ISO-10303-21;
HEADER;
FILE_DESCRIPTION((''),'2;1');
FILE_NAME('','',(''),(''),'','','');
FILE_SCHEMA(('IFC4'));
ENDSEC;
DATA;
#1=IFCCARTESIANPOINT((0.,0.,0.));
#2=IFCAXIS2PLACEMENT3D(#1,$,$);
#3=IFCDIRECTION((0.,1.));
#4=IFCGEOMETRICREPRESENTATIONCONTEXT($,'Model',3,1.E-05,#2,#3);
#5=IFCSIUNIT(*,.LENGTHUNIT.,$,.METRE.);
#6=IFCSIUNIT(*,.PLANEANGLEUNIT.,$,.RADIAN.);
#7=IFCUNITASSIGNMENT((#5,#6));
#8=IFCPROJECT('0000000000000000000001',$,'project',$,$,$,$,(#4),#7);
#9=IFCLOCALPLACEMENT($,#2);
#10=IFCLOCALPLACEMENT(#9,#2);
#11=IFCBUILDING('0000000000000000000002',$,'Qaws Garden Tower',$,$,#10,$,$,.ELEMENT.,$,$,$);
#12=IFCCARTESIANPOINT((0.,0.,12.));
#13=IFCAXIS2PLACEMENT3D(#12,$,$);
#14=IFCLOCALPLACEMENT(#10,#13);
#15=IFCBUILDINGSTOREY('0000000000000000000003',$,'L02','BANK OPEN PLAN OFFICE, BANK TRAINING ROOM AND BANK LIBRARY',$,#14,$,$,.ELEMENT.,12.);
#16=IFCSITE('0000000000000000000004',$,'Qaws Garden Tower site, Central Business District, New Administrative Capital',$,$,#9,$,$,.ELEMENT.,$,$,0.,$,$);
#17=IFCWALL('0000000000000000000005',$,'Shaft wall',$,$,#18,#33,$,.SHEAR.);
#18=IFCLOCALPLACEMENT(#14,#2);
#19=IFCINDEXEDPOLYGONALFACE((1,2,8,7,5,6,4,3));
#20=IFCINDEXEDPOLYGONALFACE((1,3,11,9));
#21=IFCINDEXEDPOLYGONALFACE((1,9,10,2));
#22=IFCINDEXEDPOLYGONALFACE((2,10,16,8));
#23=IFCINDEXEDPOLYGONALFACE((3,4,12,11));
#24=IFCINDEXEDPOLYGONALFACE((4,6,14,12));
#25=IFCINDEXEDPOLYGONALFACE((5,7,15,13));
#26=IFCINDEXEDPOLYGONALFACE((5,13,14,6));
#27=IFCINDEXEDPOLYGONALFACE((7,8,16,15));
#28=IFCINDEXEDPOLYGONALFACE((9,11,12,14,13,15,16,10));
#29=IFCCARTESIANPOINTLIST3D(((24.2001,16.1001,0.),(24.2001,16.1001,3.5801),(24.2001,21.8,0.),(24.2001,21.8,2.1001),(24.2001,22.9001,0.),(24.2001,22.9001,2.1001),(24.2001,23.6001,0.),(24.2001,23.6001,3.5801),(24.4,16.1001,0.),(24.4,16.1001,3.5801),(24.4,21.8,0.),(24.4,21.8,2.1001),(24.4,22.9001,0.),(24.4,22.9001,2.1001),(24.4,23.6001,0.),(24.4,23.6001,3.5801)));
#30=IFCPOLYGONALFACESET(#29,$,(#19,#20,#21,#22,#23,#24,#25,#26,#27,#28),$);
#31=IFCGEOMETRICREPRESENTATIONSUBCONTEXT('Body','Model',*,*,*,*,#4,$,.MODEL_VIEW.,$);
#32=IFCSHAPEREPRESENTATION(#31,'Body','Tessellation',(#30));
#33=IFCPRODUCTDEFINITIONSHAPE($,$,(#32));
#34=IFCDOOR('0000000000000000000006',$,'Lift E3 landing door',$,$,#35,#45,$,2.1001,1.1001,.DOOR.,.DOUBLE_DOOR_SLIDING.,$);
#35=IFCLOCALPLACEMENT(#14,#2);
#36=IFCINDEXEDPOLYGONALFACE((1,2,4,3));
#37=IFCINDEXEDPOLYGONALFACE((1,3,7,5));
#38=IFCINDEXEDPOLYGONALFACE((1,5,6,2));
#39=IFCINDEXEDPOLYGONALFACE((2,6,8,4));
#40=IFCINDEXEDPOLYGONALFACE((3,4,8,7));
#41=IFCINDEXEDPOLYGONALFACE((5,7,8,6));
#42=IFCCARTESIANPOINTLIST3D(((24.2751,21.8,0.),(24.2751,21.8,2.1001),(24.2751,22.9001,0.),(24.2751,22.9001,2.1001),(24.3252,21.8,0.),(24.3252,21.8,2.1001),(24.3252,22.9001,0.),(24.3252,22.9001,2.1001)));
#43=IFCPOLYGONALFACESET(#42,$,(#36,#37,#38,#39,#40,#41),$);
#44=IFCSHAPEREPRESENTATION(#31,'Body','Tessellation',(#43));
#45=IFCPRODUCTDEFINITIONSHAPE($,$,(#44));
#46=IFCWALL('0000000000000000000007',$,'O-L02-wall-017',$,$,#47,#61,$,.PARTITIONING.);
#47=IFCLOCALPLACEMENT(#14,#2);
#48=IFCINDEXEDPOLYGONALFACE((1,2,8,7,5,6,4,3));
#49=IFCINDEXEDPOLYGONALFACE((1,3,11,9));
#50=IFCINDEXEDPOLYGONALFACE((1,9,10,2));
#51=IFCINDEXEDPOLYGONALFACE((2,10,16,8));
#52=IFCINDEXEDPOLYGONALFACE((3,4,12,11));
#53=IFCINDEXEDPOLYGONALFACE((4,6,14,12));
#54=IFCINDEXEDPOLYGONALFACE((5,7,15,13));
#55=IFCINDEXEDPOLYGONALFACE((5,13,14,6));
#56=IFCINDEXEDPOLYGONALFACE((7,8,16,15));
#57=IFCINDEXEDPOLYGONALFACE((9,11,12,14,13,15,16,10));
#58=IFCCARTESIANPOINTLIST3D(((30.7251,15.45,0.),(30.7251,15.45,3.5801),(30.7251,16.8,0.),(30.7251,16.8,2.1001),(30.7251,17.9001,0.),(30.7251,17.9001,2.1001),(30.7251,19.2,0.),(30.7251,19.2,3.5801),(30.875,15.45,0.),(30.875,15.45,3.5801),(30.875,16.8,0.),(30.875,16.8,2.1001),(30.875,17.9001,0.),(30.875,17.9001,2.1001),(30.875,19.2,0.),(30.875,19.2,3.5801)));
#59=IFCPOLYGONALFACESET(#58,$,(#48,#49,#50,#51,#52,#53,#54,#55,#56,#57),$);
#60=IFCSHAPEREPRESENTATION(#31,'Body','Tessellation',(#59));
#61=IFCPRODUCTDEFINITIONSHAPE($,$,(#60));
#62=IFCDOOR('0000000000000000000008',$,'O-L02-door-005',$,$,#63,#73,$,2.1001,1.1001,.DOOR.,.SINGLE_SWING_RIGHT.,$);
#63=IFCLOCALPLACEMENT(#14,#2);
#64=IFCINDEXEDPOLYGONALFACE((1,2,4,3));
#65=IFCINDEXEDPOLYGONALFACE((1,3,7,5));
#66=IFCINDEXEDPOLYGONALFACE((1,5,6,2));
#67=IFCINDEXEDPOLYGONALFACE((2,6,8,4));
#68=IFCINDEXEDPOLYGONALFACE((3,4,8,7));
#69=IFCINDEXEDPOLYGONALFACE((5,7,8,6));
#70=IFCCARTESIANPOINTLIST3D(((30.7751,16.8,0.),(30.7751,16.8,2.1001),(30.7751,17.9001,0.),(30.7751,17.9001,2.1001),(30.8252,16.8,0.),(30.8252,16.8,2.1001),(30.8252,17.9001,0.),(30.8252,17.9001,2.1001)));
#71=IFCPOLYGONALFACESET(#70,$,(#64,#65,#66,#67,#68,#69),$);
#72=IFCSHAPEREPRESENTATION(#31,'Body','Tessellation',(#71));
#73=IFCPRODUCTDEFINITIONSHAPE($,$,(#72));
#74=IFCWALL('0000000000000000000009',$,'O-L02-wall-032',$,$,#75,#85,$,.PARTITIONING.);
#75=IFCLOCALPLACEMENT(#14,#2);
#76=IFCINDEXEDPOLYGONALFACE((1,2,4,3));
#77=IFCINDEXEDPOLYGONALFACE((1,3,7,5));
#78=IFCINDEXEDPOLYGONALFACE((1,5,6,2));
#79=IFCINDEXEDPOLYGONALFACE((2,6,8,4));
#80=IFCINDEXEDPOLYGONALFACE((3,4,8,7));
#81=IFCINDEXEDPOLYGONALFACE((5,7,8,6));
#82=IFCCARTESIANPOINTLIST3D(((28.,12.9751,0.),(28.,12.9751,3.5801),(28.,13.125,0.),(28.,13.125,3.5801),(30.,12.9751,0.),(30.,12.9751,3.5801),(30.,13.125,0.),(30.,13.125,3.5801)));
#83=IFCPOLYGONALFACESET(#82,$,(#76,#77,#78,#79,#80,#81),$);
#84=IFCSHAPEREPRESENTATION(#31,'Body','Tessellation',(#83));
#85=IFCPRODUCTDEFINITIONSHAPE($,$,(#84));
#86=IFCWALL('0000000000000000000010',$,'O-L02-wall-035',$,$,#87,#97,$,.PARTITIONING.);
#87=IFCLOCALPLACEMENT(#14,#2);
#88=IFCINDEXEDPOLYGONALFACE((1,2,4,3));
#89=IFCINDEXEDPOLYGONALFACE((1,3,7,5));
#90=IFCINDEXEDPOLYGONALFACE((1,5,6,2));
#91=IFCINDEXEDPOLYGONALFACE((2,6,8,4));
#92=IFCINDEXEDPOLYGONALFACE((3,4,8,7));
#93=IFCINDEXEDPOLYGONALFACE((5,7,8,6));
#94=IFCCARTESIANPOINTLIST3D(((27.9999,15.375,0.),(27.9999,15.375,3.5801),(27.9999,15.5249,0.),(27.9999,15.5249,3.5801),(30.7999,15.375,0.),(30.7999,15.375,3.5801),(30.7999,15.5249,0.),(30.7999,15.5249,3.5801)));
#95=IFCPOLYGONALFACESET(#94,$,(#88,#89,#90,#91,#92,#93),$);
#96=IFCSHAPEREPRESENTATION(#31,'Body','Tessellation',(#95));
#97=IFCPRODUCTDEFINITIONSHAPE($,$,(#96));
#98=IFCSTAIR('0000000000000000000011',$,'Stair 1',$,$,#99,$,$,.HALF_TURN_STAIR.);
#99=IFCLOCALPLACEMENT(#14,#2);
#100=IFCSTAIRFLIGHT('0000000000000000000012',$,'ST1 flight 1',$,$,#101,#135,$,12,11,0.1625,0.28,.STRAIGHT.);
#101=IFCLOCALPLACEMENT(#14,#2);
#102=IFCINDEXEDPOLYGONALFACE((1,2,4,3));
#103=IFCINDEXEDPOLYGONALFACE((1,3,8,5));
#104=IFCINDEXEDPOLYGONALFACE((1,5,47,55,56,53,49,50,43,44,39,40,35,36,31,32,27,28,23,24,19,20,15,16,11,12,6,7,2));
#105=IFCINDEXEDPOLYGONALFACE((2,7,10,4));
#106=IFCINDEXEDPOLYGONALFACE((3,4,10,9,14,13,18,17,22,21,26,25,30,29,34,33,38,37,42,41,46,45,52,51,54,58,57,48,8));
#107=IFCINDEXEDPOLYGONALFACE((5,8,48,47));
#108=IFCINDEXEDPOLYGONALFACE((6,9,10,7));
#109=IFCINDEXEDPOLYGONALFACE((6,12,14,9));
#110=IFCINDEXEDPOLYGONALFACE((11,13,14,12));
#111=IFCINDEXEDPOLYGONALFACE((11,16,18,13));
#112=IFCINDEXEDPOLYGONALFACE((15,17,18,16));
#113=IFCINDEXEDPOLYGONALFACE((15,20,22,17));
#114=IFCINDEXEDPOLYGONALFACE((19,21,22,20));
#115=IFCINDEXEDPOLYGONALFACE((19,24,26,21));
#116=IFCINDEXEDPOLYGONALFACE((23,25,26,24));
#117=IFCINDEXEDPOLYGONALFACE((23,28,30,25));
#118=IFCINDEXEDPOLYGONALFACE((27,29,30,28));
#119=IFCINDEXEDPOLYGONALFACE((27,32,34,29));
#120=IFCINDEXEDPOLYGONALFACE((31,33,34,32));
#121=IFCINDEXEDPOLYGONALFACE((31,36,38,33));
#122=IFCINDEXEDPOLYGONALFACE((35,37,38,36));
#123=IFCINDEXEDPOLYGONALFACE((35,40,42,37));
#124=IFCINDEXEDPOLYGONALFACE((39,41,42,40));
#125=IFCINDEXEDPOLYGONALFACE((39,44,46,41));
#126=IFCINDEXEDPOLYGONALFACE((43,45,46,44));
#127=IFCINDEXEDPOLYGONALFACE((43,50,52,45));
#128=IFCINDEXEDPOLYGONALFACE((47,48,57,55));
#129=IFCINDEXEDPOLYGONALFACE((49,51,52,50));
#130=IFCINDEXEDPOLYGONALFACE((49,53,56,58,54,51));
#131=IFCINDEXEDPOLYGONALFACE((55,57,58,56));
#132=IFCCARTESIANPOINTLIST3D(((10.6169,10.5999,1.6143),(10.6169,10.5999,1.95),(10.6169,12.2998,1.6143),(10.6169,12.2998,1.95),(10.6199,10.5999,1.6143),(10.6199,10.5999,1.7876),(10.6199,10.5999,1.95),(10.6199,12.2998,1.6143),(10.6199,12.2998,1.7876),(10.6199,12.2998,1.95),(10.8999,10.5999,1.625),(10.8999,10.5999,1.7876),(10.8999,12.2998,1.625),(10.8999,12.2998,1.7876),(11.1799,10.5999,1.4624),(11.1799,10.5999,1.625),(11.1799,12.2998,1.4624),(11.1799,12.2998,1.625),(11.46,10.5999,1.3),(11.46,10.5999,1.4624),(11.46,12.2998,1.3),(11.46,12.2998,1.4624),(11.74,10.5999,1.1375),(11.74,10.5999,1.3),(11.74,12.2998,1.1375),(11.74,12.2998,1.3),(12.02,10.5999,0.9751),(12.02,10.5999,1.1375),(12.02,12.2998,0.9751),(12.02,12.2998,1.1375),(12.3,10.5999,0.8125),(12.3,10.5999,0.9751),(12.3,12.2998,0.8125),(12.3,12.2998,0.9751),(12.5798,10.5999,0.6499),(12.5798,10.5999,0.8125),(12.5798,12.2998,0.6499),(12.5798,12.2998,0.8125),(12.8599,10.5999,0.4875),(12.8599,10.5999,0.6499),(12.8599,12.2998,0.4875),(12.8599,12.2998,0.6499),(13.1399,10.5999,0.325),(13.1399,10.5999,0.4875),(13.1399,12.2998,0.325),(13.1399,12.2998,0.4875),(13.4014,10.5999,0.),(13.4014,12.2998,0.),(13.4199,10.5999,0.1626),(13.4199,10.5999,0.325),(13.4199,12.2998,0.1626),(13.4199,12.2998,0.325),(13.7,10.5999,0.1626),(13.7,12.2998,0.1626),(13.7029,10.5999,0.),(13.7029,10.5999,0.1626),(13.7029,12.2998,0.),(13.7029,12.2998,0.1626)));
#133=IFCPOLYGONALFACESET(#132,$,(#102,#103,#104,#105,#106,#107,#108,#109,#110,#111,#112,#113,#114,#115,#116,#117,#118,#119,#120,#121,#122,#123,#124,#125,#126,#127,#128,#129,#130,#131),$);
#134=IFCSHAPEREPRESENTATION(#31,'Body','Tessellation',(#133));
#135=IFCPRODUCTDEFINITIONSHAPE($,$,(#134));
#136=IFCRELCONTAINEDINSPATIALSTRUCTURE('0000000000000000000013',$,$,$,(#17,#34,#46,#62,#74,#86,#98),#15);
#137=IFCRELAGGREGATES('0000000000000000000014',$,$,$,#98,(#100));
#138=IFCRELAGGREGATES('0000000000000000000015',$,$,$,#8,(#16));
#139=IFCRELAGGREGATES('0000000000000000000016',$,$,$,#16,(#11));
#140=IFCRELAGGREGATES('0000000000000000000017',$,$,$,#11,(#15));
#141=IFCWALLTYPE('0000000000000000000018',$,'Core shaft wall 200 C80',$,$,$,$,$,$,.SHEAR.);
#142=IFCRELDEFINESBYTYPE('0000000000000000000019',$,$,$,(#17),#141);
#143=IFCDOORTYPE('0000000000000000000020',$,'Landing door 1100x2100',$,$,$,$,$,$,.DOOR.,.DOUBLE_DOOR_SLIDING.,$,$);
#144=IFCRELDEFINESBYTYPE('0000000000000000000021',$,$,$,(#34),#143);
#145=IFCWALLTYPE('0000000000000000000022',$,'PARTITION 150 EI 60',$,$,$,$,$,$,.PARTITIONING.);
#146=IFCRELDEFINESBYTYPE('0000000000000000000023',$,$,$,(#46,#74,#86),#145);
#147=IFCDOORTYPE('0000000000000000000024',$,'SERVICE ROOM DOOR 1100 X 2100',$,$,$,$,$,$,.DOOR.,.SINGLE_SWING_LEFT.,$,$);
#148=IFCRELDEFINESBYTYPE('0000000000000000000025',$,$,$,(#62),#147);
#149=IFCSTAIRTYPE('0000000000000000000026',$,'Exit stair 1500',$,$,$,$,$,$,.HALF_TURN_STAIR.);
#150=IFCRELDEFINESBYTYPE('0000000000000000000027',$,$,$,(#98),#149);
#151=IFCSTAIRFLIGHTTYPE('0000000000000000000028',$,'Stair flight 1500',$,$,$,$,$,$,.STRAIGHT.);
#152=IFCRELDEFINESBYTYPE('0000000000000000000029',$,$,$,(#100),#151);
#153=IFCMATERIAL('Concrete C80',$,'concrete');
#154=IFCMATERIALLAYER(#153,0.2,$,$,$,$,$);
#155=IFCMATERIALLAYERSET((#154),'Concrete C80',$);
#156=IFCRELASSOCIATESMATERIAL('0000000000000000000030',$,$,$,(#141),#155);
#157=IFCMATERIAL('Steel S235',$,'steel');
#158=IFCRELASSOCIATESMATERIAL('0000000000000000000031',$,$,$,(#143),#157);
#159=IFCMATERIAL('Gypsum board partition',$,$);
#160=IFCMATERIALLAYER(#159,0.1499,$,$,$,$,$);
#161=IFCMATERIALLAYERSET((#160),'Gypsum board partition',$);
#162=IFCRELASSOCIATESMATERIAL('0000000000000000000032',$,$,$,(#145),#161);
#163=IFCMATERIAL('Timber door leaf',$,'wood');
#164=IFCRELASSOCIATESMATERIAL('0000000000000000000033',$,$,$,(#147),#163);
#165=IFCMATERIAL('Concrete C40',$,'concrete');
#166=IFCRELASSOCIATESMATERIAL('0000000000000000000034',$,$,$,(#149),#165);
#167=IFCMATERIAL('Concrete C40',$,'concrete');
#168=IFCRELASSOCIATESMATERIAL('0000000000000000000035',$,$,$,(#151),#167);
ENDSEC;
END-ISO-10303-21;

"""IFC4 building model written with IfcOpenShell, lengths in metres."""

from ifc_helpers import new_model, si_unit, direction, frame, frame_2d, origin, place, context, subcontext, project, spatial, polyline, rectangle, outline, extrude, material, layer, layer_set, type_object, element, fill, aggregate, save


model = new_model("IFC4")

# Units and contexts
model_context = context("Model", 3, precision=1e-05, world=origin(), true_north=direction((0.0, 1.0)))
body_context = subcontext(model_context, "Body", "Model", "MODEL_VIEW")
ifc_project = project(units=[si_unit("LENGTHUNIT", "METRE"), si_unit("PLANEANGLEUNIT", "RADIAN")], contexts=[model_context])

# Site, building, storey
site_placement = place(None, origin())
site = spatial("IfcSite", under=ifc_project, at=site_placement, Name="Qaws Garden Tower site, Central Business District, New Administrative Capital", CompositionType="ELEMENT", RefElevation=0.0)
building_placement = place(site_placement, origin())
building = spatial("IfcBuilding", under=site, at=building_placement, Name="Qaws Garden Tower", CompositionType="ELEMENT")
storey_placement = place(building_placement, frame((0.0, 0.0, 12.0)))
storey = spatial("IfcBuildingStorey", under=building, at=storey_placement, Name="L02", Description="BANK OPEN PLAN OFFICE, BANK TRAINING ROOM AND BANK LIBRARY", CompositionType="ELEMENT", Elevation=12.0)

# Shared definitions
ifc_material_1 = material(Name="Concrete C80", Category="concrete")
ifc_layer_1 = layer(ifc_material_1, 0.2)
ifc_layer_set_1 = layer_set([ifc_layer_1], Name="Concrete C80")
wall_type_1 = type_object("IfcWallType", Name="Core shaft wall 200 C80", PredefinedType="SHEAR", material=ifc_layer_set_1)
ifc_material_2 = material(Name="Steel S235", Category="steel")
door_type_1 = type_object("IfcDoorType", Name="Landing door 1100x2100", OperationType="DOUBLE_DOOR_SLIDING", PredefinedType="DOOR", material=ifc_material_2)

# Walls, openings, doors
wall_1_placement = place(storey_placement, frame((24.3, 16.1001, 0.0), z_axis=(0.0, 0.0, 1.0), x_axis=(0.0, 1.0, 0.0)))
wall_1 = element("IfcWall", 1, at=wall_1_placement, inside=storey, type_object=wall_type_1, Name="Shaft wall", PredefinedType="SHEAR", context=body_context, shape_type="SweptSolid", body=[
    extrude(rectangle(XDim=7.5, YDim=0.2, at=frame_2d((3.75, 0.0))), origin(), (0.0, 0.0, 1.0), 3.5801),
])
opening_1_placement = place(wall_1_placement, frame((5.7, 0.0, 0.0)))
opening_1 = element("IfcOpeningElement", 2, at=opening_1_placement, cuts=wall_1, PredefinedType="OPENING", context=body_context, shape_type="SweptSolid", body=[
    extrude(rectangle(XDim=1.1001, YDim=2.1001, at=frame_2d((0.55, 1.05))), frame((0.0, 0.1099, 0.0), z_axis=(0.0, -1.0, 0.0), x_axis=(1.0, 0.0, 0.0)), (0.0, 0.0, 1.0), 0.22),
])
door_1_placement = place(opening_1_placement, origin())
door_1 = element("IfcDoor", 3, at=door_1_placement, inside=storey, type_object=door_type_1, Name="Lift E3 landing door", OperationType="DOUBLE_DOOR_SLIDING", OverallHeight=2.1001, OverallWidth=1.1001, PredefinedType="DOOR", context=body_context, shape_type="SweptSolid", body=[
    extrude(rectangle(XDim=1.1001, YDim=2.1001, at=frame_2d((0.55, 1.05))), frame((0.0, 0.0249, 0.0), z_axis=(0.0, -1.0, 0.0), x_axis=(1.0, 0.0, 0.0)), (0.0, 0.0, 1.0), 0.05),
])
fill(opening_1, door_1)
ifc_material_3 = material(Name="Gypsum board partition")
ifc_layer_2 = layer(ifc_material_3, 0.1499)
ifc_layer_set_2 = layer_set([ifc_layer_2], Name="Gypsum board partition")
wall_type_2 = type_object("IfcWallType", Name="PARTITION 150 EI 60", PredefinedType="PARTITIONING", material=ifc_layer_set_2)
wall_2_placement = place(storey_placement, frame((30.8, 15.45, 0.0), z_axis=(0.0, 0.0, 1.0), x_axis=(0.0, 1.0, 0.0)))
wall_2 = element("IfcWall", 4, at=wall_2_placement, inside=storey, type_object=wall_type_2, Name="O-L02-wall-017", PredefinedType="PARTITIONING", context=body_context, shape_type="SweptSolid", body=[
    extrude(rectangle(XDim=3.75, YDim=0.1499, at=frame_2d((1.875, 0.0))), origin(), (0.0, 0.0, 1.0), 3.5801),
])
opening_2_placement = place(wall_2_placement, frame((1.3501, 0.0, 0.0)))
opening_2 = element("IfcOpeningElement", 5, at=opening_2_placement, cuts=wall_2, PredefinedType="OPENING", context=body_context, shape_type="SweptSolid", body=[
    extrude(rectangle(XDim=1.1001, YDim=2.1001, at=frame_2d((0.55, 1.05))), frame((0.0, 0.085, 0.0), z_axis=(0.0, -1.0, 0.0), x_axis=(1.0, 0.0, 0.0)), (0.0, 0.0, 1.0), 0.1699),
])
ifc_material_4 = material(Name="Timber door leaf", Category="wood")
door_type_2 = type_object("IfcDoorType", Name="SERVICE ROOM DOOR 1100 X 2100", OperationType="SINGLE_SWING_LEFT", PredefinedType="DOOR", material=ifc_material_4)
door_2_placement = place(opening_2_placement, origin())
door_2 = element("IfcDoor", 6, at=door_2_placement, inside=storey, type_object=door_type_2, Name="O-L02-door-005", OperationType="SINGLE_SWING_RIGHT", OverallHeight=2.1001, OverallWidth=1.1001, PredefinedType="DOOR", context=body_context, shape_type="SweptSolid", body=[
    extrude(rectangle(XDim=1.1001, YDim=2.1001, at=frame_2d((0.55, 1.05))), frame((0.0, 0.0249, 0.0), z_axis=(0.0, -1.0, 0.0), x_axis=(1.0, 0.0, 0.0)), (0.0, 0.0, 1.0), 0.05),
])
fill(opening_2, door_2)

# Walls
wall_3_placement = place(storey_placement, frame((28.0, 13.05, 0.0), z_axis=(0.0, 0.0, 1.0), x_axis=(1.0, 0.0, 0.0)))
element("IfcWall", 7, at=wall_3_placement, inside=storey, type_object=wall_type_2, Name="O-L02-wall-032", PredefinedType="PARTITIONING", context=body_context, shape_type="SweptSolid", body=[
    extrude(rectangle(XDim=2.0, YDim=0.1499, at=frame_2d((1.0, 0.0))), origin(), (0.0, 0.0, 1.0), 3.5801),
])
wall_4_placement = place(storey_placement, frame((28.0, 15.45, 0.0), z_axis=(0.0, 0.0, 1.0), x_axis=(1.0, 0.0, 0.0)))
element("IfcWall", 8, at=wall_4_placement, inside=storey, type_object=wall_type_2, Name="O-L02-wall-035", PredefinedType="PARTITIONING", context=body_context, shape_type="SweptSolid", body=[
    extrude(rectangle(XDim=2.8, YDim=0.1499, at=frame_2d((1.3999, 0.0))), origin(), (0.0, 0.0, 1.0), 3.5801),
])

# Stair, stair flight
ifc_material_5 = material(Name="Concrete C40", Category="concrete")
stair_type = type_object("IfcStairType", Name="Exit stair 1500", PredefinedType="HALF_TURN_STAIR", material=ifc_material_5)
stair_placement = place(storey_placement, origin())
stair = element("IfcStair", 9, at=stair_placement, inside=storey, type_object=stair_type, Name="Stair 1", PredefinedType="HALF_TURN_STAIR")
ifc_material_6 = material(Name="Concrete C40", Category="concrete")
stair_flight_type = type_object("IfcStairFlightType", Name="Stair flight 1500", PredefinedType="STRAIGHT", material=ifc_material_6)
stair_flight_placement = place(storey_placement, frame((13.7, 11.45, 0.0), z_axis=(0.0, 0.0, 1.0), x_axis=(-1.0, 0.0, 0.0)))
stair_flight = element("IfcStairFlight", 10, at=stair_flight_placement, type_object=stair_flight_type, Name="ST1 flight 1", NumberOfRisers=12, NumberOfTreads=11, PredefinedType="STRAIGHT", RiserHeight=0.1625, TreadLength=0.28, context=body_context, shape_type="SweptSolid", body=[
    extrude(outline(polyline([(-0.0029, 0.0), (-0.0029, 0.1626), (0.0, 0.1626), (0.28, 0.1626), (0.28, 0.325), (0.5601, 0.325), (0.5601, 0.4875), (0.8401, 0.4875), (0.8401, 0.6499), (1.1201, 0.6499), (1.1201, 0.8125), (1.3999, 0.8125), (1.3999, 0.9751), (1.6799, 0.9751), (1.6799, 1.1375), (1.96, 1.1375), (1.96, 1.3), (2.24, 1.3), (2.24, 1.4624), (2.52, 1.4624), (2.52, 1.625), (2.8, 1.625), (2.8, 1.7876), (3.0801, 1.7876), (3.0801, 1.95), (3.083, 1.95), (3.083, 1.6143), (3.0801, 1.6143), (0.2986, 0.0), (-0.0029, 0.0)])), frame((0.0, 0.8501, 0.0), z_axis=(0.0, -1.0, 0.0), x_axis=(1.0, 0.0, 0.0)), (0.0, 0.0, 1.0), 1.7),
])
aggregate(stair, [stair_flight])

save(model, "model.ifc")
